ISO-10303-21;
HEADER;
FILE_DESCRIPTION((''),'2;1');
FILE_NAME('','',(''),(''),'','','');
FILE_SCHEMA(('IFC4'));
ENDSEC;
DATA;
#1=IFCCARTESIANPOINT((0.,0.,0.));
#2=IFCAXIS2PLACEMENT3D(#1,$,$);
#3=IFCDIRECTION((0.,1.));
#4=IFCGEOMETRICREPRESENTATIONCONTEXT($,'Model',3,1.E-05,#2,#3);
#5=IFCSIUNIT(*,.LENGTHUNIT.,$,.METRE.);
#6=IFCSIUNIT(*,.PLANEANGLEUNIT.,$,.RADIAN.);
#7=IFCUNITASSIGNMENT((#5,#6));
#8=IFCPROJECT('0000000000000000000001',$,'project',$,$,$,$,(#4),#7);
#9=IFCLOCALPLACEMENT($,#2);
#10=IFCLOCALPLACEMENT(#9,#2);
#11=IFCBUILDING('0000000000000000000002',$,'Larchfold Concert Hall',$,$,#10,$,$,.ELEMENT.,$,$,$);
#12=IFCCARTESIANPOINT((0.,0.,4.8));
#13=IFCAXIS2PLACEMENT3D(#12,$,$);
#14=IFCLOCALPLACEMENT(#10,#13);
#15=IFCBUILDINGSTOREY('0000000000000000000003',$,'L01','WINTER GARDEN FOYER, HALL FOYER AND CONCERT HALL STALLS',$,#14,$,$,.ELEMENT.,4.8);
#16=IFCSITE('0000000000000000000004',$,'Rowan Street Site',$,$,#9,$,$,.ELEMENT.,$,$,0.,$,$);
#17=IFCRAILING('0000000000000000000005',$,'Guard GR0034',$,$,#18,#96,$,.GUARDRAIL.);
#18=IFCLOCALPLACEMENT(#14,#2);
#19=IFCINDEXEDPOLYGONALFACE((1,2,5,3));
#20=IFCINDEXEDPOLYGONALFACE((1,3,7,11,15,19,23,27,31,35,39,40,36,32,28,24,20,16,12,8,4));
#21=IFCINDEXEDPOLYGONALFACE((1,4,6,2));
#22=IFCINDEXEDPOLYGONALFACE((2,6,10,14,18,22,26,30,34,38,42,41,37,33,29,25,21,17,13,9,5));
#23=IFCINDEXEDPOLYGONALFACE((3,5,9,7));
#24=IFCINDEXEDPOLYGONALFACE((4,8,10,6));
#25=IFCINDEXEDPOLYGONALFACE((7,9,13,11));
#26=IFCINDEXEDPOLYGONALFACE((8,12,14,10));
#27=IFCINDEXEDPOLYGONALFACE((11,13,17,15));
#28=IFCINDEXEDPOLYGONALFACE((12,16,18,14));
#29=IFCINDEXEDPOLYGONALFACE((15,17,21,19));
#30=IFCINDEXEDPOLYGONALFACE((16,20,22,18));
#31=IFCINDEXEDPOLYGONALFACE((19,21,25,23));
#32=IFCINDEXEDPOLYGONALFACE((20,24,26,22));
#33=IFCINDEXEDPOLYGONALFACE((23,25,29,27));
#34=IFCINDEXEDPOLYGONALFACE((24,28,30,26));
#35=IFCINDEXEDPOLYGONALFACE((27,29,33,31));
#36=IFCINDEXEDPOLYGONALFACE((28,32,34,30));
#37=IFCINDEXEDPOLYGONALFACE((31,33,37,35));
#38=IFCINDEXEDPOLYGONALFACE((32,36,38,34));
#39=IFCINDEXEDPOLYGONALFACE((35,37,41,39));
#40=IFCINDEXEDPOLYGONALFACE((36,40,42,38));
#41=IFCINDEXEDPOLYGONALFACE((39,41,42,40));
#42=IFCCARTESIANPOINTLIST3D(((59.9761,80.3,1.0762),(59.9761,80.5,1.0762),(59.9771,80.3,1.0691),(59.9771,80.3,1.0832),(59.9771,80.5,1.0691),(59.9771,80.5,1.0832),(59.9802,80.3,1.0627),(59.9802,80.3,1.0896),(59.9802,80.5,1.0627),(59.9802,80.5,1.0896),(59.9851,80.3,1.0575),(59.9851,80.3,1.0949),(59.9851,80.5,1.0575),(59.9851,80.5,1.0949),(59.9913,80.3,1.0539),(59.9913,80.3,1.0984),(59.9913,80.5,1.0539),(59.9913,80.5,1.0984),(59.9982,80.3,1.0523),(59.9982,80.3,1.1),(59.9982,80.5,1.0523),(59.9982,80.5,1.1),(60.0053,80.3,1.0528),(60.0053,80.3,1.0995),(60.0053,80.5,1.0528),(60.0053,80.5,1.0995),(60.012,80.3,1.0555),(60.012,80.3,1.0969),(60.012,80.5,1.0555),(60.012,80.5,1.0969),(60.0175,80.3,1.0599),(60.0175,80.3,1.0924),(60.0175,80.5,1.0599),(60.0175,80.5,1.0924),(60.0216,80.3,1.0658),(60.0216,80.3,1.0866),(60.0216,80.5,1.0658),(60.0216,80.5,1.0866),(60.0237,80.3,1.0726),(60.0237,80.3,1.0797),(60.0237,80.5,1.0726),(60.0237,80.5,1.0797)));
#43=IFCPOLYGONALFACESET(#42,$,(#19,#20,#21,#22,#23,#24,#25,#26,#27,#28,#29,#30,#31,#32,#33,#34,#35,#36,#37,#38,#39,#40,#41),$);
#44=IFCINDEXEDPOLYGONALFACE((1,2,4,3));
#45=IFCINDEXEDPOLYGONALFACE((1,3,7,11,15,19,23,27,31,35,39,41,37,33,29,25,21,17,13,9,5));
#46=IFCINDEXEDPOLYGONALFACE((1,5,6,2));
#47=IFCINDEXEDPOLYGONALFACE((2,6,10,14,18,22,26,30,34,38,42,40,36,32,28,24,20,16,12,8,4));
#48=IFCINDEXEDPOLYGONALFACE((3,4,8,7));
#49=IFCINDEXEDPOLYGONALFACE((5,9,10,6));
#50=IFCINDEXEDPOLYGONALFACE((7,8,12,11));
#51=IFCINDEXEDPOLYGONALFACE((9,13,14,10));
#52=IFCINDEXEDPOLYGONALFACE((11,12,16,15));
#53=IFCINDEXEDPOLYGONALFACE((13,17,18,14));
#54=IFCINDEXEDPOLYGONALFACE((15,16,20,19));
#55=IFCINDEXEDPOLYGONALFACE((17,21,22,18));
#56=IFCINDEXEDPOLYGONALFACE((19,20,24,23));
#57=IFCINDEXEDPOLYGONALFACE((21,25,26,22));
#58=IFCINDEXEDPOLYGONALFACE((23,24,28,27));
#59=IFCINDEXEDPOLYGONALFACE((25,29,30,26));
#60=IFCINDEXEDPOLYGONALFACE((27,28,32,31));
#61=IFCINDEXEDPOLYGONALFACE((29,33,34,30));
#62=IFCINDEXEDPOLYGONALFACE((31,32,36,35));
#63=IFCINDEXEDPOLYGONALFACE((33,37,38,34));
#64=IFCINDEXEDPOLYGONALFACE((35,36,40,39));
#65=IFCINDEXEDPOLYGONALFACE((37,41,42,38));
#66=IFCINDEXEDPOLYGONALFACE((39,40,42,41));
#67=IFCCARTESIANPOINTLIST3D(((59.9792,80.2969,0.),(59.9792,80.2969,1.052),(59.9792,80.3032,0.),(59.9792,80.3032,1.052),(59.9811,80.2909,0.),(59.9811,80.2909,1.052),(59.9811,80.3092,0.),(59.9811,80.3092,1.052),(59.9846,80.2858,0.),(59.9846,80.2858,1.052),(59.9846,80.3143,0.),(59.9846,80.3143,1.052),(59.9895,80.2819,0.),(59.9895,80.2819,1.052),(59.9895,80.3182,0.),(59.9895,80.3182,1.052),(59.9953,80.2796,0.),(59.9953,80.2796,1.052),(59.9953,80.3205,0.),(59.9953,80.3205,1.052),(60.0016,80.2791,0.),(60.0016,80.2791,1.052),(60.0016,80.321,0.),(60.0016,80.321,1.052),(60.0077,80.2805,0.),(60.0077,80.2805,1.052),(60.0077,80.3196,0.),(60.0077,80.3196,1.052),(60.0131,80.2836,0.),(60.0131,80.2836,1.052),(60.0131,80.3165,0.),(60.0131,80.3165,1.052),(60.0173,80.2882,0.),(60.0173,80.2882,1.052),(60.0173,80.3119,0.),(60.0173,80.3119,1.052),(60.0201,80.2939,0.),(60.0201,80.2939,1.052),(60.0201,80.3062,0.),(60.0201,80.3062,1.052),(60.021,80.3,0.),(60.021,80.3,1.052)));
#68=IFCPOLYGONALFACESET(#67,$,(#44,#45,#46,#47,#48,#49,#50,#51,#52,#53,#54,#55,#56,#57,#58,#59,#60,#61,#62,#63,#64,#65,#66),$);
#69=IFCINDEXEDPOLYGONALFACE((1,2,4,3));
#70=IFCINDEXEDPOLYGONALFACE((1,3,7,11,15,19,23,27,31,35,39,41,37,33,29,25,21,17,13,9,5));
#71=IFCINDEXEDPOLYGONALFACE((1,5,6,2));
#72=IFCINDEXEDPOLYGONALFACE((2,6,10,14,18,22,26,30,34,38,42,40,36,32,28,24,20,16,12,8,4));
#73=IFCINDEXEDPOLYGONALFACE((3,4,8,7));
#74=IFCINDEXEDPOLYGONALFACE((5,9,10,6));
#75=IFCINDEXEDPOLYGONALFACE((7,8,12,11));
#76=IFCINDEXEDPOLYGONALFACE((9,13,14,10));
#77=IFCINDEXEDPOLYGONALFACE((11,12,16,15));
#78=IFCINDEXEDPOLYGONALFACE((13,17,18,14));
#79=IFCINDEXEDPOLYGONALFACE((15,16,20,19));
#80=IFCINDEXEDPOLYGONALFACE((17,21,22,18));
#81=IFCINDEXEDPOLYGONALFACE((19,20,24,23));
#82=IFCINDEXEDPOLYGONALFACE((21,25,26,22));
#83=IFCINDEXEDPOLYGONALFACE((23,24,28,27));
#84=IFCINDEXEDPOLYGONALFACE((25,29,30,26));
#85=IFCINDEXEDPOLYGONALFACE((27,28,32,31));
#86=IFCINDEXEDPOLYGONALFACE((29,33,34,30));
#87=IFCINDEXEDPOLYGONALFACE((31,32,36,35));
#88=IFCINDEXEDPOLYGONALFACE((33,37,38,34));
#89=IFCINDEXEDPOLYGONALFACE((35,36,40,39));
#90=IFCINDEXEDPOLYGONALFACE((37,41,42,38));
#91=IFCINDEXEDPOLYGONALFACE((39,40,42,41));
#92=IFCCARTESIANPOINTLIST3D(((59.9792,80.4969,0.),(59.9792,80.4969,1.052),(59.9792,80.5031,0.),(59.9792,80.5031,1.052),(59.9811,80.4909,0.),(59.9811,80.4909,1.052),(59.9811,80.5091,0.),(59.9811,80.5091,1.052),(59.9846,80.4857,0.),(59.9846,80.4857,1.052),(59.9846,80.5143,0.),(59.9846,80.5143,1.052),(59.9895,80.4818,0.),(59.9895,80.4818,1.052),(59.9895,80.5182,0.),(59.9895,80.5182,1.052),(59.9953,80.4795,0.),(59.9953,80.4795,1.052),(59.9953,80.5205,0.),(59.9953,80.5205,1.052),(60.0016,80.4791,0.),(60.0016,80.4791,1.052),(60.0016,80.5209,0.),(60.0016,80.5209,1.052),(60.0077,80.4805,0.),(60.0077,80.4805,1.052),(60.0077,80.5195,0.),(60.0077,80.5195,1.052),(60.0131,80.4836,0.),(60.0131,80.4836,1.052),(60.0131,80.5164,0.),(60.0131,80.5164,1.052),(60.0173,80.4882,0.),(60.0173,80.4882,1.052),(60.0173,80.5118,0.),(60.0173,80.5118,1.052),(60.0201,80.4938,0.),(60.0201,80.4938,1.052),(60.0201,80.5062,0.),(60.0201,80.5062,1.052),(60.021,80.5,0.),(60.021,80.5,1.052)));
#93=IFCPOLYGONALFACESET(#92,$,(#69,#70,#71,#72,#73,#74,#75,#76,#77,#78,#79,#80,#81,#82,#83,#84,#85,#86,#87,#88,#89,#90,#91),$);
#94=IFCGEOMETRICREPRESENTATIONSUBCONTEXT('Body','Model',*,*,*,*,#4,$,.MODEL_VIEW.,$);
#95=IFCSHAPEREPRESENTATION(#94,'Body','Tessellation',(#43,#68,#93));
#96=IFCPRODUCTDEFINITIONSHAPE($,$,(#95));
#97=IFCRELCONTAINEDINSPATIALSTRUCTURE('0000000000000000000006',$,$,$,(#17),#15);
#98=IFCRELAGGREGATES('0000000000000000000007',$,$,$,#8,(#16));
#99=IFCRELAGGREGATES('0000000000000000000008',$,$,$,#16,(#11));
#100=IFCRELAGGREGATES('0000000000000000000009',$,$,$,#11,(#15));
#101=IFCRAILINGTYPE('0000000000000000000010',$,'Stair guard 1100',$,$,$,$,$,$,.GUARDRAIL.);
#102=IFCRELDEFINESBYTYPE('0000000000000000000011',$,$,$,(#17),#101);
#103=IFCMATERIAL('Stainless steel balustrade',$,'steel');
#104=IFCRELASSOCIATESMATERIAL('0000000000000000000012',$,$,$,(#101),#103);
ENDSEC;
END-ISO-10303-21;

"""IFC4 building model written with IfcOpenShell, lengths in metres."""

from ifc_helpers import new_model, si_unit, direction, frame, origin, origin_2d, place, context, subcontext, project, spatial, circle, extrude, material, type_object, element, save


model = new_model("IFC4")

# Units and contexts
model_context = context("Model", 3, precision=1e-05, world=origin(), true_north=direction((0.0, 1.0)))
body_context = subcontext(model_context, "Body", "Model", "MODEL_VIEW")
ifc_project = project(units=[si_unit("LENGTHUNIT", "METRE"), si_unit("PLANEANGLEUNIT", "RADIAN")], contexts=[model_context])

# Site, building, storey
site_placement = place(None, origin())
site = spatial("IfcSite", under=ifc_project, at=site_placement, Name="Rowan Street Site", CompositionType="ELEMENT", RefElevation=0.0)
building_placement = place(site_placement, origin())
building = spatial("IfcBuilding", under=site, at=building_placement, Name="Larchfold Concert Hall", CompositionType="ELEMENT")
storey_placement = place(building_placement, frame((0.0, 0.0, 4.8)))
storey = spatial("IfcBuildingStorey", under=building, at=storey_placement, Name="L01", Description="WINTER GARDEN FOYER, HALL FOYER AND CONCERT HALL STALLS", CompositionType="ELEMENT", Elevation=4.8)

# Railing
ifc_material_1 = material(Name="Stainless steel balustrade", Category="steel")
railing_type_1 = type_object("IfcRailingType", Name="Stair guard 1100", PredefinedType="GUARDRAIL", material=ifc_material_1)
railing_1_placement = place(storey_placement, frame((60.0, 80.3, 0.0)))
element("IfcRailing", 1, at=railing_1_placement, inside=storey, type_object=railing_type_1, Name="Guard GR0034", PredefinedType="GUARDRAIL", context=body_context, shape_type="SweptSolid", body=[
    extrude(circle(Radius=0.0239, at=origin_2d()), frame((0.0, 0.0, 1.0762), z_axis=(0.0, 1.0, 0.0), x_axis=(-1.0, 0.0, 0.0)), (0.0, 0.0, 1.0), 0.2),
    extrude(circle(Radius=0.021, at=origin_2d()), origin(), (0.0, 0.0, 1.0), 1.052),
    extrude(circle(Radius=0.021, at=origin_2d()), frame((0.0, 0.2, 0.0)), (0.0, 0.0, 1.0), 1.052),
])

save(model, "model.ifc")
